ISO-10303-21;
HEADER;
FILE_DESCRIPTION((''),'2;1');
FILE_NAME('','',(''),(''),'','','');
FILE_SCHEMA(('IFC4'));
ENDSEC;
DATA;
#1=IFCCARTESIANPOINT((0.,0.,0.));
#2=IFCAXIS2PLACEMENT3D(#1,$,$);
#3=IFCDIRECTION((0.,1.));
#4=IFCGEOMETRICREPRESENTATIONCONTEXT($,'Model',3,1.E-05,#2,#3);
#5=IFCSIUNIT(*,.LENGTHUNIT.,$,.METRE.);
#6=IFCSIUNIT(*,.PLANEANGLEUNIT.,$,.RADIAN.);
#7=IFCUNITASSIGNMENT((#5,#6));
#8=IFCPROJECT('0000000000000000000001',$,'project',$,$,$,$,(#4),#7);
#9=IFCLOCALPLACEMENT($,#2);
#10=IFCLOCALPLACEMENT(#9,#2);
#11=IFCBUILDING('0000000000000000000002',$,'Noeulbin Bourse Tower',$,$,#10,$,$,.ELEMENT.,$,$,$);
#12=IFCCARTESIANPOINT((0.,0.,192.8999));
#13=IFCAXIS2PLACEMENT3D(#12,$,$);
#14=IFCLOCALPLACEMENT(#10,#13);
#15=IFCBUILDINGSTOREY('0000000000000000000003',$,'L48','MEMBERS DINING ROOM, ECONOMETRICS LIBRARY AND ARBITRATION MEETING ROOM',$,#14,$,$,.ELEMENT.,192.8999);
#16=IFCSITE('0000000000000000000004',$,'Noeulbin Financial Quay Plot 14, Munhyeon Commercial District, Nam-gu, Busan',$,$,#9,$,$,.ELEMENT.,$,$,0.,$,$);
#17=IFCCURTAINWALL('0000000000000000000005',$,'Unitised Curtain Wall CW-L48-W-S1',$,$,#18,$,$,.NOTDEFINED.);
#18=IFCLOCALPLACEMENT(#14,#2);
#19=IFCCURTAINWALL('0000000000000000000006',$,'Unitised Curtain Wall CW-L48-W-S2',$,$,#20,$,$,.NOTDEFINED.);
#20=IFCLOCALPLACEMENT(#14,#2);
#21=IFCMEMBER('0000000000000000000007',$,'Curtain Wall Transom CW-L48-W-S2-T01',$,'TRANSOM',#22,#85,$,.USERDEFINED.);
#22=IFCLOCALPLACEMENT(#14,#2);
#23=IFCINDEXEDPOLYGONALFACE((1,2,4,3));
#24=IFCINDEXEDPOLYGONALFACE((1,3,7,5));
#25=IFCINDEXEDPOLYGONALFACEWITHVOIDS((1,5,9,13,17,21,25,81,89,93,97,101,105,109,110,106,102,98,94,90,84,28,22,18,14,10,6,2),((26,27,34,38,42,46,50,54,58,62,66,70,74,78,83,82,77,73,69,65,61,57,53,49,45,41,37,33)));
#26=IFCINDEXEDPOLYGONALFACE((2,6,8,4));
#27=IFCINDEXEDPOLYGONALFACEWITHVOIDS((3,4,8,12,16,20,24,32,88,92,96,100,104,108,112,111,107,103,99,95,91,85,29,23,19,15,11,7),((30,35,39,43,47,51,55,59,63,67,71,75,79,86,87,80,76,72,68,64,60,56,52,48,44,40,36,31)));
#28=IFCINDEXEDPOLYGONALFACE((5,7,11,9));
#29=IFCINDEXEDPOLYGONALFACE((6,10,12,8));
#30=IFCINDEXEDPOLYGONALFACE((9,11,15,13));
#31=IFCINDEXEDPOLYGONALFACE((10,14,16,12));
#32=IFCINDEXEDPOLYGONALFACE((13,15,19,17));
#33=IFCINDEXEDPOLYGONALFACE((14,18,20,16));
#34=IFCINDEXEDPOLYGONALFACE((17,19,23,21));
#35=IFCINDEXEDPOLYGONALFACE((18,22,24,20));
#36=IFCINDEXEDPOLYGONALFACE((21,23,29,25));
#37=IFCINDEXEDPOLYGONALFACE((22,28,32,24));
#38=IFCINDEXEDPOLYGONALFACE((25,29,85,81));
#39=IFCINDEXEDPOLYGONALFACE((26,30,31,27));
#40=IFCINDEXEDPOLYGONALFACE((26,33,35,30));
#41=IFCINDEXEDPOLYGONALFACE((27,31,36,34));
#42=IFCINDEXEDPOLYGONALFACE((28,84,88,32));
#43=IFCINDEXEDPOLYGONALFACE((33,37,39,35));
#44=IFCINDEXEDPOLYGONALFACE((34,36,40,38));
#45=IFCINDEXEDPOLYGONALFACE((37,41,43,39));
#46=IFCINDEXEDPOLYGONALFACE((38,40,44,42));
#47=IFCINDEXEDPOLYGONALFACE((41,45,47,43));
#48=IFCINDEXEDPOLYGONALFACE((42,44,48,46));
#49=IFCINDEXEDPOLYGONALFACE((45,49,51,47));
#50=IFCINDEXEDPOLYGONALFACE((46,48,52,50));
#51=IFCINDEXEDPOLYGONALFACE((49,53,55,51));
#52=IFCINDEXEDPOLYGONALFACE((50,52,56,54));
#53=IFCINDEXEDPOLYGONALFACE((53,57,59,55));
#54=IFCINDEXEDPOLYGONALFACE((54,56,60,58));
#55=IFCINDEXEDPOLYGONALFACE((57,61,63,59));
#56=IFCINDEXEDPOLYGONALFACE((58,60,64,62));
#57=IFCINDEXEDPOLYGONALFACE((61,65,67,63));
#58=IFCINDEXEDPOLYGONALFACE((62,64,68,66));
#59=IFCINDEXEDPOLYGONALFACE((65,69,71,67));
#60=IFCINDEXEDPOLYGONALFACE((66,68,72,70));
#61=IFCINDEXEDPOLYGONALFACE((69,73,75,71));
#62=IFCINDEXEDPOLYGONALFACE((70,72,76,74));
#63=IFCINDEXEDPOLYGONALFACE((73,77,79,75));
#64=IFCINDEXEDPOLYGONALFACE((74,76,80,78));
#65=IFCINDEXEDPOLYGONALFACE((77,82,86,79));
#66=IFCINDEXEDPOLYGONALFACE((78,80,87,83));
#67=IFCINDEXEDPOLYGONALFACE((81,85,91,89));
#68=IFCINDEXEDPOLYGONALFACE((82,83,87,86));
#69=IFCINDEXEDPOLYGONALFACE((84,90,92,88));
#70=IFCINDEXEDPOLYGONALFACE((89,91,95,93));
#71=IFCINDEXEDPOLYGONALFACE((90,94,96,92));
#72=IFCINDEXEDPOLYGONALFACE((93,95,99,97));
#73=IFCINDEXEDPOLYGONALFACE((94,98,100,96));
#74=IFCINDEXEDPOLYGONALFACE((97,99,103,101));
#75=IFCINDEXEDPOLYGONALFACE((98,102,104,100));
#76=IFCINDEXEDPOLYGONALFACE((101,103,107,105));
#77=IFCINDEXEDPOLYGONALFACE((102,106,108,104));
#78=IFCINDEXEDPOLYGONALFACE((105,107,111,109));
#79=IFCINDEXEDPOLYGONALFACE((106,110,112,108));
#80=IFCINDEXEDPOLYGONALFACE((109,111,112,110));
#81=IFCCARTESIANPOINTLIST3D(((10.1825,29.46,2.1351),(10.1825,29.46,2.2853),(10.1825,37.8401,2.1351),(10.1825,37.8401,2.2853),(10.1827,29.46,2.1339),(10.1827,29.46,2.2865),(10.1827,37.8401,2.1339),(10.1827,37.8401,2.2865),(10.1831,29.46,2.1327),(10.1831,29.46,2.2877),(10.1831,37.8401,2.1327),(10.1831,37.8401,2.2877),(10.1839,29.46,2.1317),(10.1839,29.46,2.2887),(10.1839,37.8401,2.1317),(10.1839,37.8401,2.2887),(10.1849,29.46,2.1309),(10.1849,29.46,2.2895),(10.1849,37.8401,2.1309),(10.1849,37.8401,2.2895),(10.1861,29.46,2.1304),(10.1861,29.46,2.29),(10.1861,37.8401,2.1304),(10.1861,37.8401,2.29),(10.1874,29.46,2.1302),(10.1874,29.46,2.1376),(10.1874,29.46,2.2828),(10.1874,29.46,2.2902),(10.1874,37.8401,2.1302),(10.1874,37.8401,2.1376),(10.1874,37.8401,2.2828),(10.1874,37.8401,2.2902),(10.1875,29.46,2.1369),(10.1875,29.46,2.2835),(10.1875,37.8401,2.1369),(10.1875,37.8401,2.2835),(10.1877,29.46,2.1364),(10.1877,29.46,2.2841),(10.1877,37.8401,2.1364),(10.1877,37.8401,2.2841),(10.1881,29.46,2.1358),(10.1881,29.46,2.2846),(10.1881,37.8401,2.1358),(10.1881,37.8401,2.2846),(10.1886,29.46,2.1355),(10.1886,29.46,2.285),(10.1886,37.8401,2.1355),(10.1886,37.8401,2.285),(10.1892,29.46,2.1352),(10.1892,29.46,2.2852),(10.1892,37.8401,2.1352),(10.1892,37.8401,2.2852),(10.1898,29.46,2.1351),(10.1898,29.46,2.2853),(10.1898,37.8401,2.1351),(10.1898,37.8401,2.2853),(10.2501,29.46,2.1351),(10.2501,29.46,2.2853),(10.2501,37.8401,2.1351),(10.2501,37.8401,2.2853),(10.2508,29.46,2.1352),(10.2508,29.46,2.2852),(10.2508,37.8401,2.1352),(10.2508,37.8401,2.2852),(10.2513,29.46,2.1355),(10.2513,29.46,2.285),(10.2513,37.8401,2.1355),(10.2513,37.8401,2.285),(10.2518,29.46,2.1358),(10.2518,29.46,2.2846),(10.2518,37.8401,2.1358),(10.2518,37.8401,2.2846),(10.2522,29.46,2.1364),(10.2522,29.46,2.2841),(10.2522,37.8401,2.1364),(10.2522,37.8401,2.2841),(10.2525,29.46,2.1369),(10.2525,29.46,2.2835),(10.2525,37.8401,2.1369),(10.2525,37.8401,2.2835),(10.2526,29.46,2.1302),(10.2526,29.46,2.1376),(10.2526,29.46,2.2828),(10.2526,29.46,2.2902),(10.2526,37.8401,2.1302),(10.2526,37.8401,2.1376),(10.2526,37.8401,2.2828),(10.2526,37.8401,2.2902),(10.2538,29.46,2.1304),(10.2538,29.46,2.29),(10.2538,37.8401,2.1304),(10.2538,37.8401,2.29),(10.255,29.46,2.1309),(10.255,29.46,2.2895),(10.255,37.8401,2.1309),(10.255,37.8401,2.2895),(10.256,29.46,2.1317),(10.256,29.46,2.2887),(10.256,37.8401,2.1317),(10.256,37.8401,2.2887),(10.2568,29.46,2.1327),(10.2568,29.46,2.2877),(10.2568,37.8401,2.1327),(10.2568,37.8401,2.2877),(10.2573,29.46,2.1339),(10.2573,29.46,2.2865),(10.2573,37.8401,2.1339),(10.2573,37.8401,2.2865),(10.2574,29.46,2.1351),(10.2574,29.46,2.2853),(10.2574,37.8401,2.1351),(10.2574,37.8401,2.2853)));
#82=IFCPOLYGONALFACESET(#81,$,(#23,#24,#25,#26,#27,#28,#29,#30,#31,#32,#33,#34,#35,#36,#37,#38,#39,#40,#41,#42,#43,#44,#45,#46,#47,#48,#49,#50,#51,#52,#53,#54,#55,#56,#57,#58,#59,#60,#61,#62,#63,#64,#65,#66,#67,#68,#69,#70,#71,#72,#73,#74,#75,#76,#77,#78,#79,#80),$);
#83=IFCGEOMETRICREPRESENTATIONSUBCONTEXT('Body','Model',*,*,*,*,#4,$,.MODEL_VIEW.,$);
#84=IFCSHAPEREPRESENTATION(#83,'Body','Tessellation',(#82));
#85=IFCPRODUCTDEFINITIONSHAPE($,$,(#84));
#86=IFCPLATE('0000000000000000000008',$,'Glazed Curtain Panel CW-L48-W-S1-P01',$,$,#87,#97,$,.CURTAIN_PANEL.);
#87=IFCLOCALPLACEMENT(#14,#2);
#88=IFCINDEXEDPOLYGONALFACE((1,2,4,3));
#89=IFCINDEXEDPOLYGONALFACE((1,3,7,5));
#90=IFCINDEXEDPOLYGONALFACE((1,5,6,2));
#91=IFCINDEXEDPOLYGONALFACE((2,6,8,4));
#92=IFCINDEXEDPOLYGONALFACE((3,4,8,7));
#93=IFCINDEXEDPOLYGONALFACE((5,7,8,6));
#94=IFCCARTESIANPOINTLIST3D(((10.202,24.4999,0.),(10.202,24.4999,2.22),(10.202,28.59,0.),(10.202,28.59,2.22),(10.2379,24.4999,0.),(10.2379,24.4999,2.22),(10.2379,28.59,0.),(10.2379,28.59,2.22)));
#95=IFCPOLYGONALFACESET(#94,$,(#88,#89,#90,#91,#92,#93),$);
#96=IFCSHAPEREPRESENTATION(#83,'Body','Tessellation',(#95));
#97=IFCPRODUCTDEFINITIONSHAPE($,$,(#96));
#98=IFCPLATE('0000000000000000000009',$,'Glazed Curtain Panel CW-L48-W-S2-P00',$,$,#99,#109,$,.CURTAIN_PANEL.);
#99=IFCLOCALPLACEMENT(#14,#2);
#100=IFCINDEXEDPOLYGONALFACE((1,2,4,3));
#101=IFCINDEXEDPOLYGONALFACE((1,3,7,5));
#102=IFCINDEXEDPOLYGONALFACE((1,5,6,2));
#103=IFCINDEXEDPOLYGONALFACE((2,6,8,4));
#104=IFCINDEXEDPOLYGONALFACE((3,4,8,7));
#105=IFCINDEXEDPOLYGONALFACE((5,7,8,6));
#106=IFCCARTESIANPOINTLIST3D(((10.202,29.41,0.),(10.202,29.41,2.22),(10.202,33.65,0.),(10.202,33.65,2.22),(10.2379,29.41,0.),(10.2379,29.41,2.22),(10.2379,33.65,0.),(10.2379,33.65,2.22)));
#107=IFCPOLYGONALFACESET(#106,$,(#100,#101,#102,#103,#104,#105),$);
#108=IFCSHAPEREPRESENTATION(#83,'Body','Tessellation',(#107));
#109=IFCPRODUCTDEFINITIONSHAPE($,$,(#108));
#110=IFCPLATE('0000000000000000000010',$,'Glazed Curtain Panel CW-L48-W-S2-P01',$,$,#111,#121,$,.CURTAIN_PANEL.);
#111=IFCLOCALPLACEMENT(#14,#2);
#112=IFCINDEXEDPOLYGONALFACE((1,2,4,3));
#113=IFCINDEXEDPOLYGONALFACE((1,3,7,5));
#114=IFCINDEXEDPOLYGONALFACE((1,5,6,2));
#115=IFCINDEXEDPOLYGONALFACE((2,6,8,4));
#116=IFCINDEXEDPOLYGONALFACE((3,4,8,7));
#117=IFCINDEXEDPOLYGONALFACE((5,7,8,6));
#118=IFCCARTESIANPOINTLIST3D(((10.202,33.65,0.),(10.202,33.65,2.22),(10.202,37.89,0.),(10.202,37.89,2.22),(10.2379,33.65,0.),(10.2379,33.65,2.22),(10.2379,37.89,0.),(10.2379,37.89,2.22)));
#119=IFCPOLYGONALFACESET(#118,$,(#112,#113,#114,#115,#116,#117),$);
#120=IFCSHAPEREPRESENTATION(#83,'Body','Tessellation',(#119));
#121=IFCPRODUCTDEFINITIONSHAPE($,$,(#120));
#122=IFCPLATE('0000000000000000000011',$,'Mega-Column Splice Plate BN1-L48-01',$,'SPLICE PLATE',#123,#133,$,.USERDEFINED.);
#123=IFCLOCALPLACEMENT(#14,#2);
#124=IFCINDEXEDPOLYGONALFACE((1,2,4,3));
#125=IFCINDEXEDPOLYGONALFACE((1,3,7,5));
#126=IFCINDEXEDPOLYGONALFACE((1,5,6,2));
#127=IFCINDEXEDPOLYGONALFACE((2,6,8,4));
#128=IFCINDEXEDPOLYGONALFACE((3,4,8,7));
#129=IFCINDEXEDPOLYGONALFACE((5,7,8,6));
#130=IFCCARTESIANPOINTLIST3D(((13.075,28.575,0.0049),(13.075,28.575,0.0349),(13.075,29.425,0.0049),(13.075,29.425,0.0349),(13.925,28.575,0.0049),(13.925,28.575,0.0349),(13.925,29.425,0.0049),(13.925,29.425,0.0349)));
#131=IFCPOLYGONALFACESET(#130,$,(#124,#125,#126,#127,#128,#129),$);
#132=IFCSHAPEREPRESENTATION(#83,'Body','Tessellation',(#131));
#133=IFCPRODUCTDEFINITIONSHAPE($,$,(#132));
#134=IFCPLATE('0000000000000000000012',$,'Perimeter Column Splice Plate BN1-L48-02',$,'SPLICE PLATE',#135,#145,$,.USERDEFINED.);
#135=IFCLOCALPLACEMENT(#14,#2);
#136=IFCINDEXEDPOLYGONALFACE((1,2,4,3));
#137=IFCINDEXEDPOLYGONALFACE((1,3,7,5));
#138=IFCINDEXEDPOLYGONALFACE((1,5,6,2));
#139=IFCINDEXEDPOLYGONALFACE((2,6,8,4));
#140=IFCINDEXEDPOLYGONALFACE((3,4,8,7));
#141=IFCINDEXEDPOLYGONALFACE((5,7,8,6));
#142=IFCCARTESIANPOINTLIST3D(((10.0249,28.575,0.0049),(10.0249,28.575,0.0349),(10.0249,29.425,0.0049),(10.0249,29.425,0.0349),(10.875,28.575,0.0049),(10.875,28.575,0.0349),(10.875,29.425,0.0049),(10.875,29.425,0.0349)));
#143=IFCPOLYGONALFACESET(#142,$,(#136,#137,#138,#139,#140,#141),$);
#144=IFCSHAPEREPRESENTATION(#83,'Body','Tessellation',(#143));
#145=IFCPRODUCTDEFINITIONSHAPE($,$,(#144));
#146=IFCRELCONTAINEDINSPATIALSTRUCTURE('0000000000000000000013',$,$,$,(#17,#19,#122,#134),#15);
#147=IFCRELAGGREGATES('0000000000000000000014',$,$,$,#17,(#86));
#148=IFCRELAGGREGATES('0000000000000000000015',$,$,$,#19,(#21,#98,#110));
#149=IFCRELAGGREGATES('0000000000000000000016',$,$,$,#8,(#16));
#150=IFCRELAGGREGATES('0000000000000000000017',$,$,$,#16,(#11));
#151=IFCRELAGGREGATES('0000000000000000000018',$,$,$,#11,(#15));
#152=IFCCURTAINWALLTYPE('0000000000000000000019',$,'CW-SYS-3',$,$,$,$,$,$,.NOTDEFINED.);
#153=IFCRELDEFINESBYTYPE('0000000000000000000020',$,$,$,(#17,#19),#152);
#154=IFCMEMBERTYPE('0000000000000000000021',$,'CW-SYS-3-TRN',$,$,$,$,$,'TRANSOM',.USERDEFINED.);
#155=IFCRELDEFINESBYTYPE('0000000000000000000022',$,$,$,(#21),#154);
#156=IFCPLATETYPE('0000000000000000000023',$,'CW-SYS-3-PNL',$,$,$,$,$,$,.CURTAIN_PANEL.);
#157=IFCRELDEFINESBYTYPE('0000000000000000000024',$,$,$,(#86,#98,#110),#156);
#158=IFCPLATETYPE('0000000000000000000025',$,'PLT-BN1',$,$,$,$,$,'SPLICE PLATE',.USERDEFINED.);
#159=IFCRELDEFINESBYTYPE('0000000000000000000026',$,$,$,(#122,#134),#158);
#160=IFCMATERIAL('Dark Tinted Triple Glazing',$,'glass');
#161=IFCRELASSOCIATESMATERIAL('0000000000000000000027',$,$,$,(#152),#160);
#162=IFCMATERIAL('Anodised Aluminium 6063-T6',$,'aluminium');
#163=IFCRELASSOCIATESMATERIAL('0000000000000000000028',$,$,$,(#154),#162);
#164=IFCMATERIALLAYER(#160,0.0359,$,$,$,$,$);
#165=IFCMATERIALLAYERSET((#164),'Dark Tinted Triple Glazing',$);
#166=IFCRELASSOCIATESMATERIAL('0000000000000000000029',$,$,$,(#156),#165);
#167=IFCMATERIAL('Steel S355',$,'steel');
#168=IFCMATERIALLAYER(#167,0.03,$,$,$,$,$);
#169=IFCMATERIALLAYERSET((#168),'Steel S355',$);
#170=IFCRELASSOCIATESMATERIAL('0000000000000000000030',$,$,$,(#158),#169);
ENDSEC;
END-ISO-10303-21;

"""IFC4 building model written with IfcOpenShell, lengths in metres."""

from ifc_helpers import new_model, si_unit, direction, frame, origin, origin_2d, place, context, subcontext, project, spatial, rectangle, hollow_rectangle, extrude, material, layer, layer_set, material_profile, profile_set, type_object, element, aggregate, save


model = new_model("IFC4")

# Units and contexts
model_context = context("Model", 3, precision=1e-05, world=origin(), true_north=direction((0.0, 1.0)))
body_context = subcontext(model_context, "Body", "Model", "MODEL_VIEW")
ifc_project = project(units=[si_unit("LENGTHUNIT", "METRE"), si_unit("PLANEANGLEUNIT", "RADIAN")], contexts=[model_context])

# Site, building, storey
site_placement = place(None, origin())
site = spatial("IfcSite", under=ifc_project, at=site_placement, Name="Noeulbin Financial Quay Plot 14, Munhyeon Commercial District, Nam-gu, Busan", CompositionType="ELEMENT", RefElevation=0.0)
building_placement = place(site_placement, origin())
building = spatial("IfcBuilding", under=site, at=building_placement, Name="Noeulbin Bourse Tower", CompositionType="ELEMENT")
storey_placement = place(building_placement, frame((0.0, 0.0, 192.8999)))
storey = spatial("IfcBuildingStorey", under=building, at=storey_placement, Name="L48", Description="MEMBERS DINING ROOM, ECONOMETRICS LIBRARY AND ARBITRATION MEETING ROOM", CompositionType="ELEMENT", Elevation=192.8999)

# Shared definitions
ifc_material_1 = material(Name="Steel S355", Category="steel")

# Curtain wall
ifc_material_2 = material(Name="Dark Tinted Triple Glazing", Category="glass")
curtain_wall_type = type_object("IfcCurtainWallType", Name="CW-SYS-3", PredefinedType="NOTDEFINED", material=ifc_material_2)
curtain_wall_1_placement = place(storey_placement, origin())
curtain_wall_1 = element("IfcCurtainWall", 1, at=curtain_wall_1_placement, inside=storey, type_object=curtain_wall_type, Name="Unitised Curtain Wall CW-L48-W-S1", PredefinedType="NOTDEFINED")
ifc_material_3 = material(Name="Anodised Aluminium 6063-T6", Category="aluminium")

# Curtain wall, member
curtain_wall_2_placement = place(storey_placement, origin())
curtain_wall_2 = element("IfcCurtainWall", 2, at=curtain_wall_2_placement, inside=storey, type_object=curtain_wall_type, Name="Unitised Curtain Wall CW-L48-W-S2", PredefinedType="NOTDEFINED")
ifc_material_profile_1 = material_profile(ifc_material_3, hollow_rectangle(XDim=0.075, YDim=0.1599, WallThickness=0.0049, InnerFilletRadius=0.0024, OuterFilletRadius=0.0049, at=origin_2d()), Name="ALU-TRAN-75x160x5", Category="LoadBearing")
ifc_profile_set_1 = profile_set([ifc_material_profile_1], Name="Anodised Aluminium 6063-T6")
member_type_1 = type_object("IfcMemberType", Name="CW-SYS-3-TRN", ElementType="TRANSOM", PredefinedType="USERDEFINED", material=ifc_profile_set_1)
member_1_placement = place(storey_placement, frame((10.22, 29.46, 2.2102), z_axis=(0.0, 1.0, 0.0), x_axis=(-1.0, 0.0, 0.0)))
member_1 = element("IfcMember", 3, at=member_1_placement, type_object=member_type_1, Name="Curtain Wall Transom CW-L48-W-S2-T01", ObjectType="TRANSOM", PredefinedType="USERDEFINED", context=body_context, shape_type="SweptSolid", body=[
    extrude(hollow_rectangle(XDim=0.075, YDim=0.1599, WallThickness=0.0049, InnerFilletRadius=0.0024, OuterFilletRadius=0.0049, at=origin_2d()), origin(), (0.0, 0.0, 1.0), 8.3801),
])

# Plates
ifc_layer_1 = layer(ifc_material_2, 0.0359)
ifc_layer_set_1 = layer_set([ifc_layer_1], Name="Dark Tinted Triple Glazing")
plate_type_1 = type_object("IfcPlateType", Name="CW-SYS-3-PNL", PredefinedType="CURTAIN_PANEL", material=ifc_layer_set_1)
plate_1_placement = place(storey_placement, frame((10.22, 26.5449, 0.0), z_axis=(0.0, 0.0, 1.0), x_axis=(0.0, 1.0, 0.0)))
plate_1 = element("IfcPlate", 4, at=plate_1_placement, type_object=plate_type_1, Name="Glazed Curtain Panel CW-L48-W-S1-P01", PredefinedType="CURTAIN_PANEL", context=body_context, shape_type="SweptSolid", body=[
    extrude(rectangle(XDim=4.0901, YDim=0.0359, at=origin_2d()), origin(), (0.0, 0.0, 1.0), 2.22),
])
aggregate(curtain_wall_1, [plate_1])
plate_2_placement = place(storey_placement, frame((10.22, 31.53, 0.0), z_axis=(0.0, 0.0, 1.0), x_axis=(0.0, 1.0, 0.0)))
plate_2 = element("IfcPlate", 5, at=plate_2_placement, type_object=plate_type_1, Name="Glazed Curtain Panel CW-L48-W-S2-P00", PredefinedType="CURTAIN_PANEL", context=body_context, shape_type="SweptSolid", body=[
    extrude(rectangle(XDim=4.24, YDim=0.0359, at=origin_2d()), origin(), (0.0, 0.0, 1.0), 2.22),
])
plate_3_placement = place(storey_placement, frame((10.22, 35.77, 0.0), z_axis=(0.0, 0.0, 1.0), x_axis=(0.0, 1.0, 0.0)))
plate_3 = element("IfcPlate", 6, at=plate_3_placement, type_object=plate_type_1, Name="Glazed Curtain Panel CW-L48-W-S2-P01", PredefinedType="CURTAIN_PANEL", context=body_context, shape_type="SweptSolid", body=[
    extrude(rectangle(XDim=4.24, YDim=0.0359, at=origin_2d()), origin(), (0.0, 0.0, 1.0), 2.22),
])
aggregate(curtain_wall_2, [member_1, plate_2, plate_3])

# Plates
ifc_layer_2 = layer(ifc_material_1, 0.03)
ifc_layer_set_2 = layer_set([ifc_layer_2], Name="Steel S355")
plate_type_2 = type_object("IfcPlateType", Name="PLT-BN1", ElementType="SPLICE PLATE", PredefinedType="USERDEFINED", material=ifc_layer_set_2)
for number, where, z_axis, x_axis, name in (
    (7, (13.5, 29.0, 0.0049), (0.0, 0.0, 1.0), (1.0, 0.0, 0.0), "Mega-Column Splice Plate BN1-L48-01"),
    (8, (10.45, 29.0, 0.0049), (0.0, 0.0, 1.0), (1.0, 0.0, 0.0), "Perimeter Column Splice Plate BN1-L48-02"),
):
    element("IfcPlate", number, at=place(storey_placement, frame(where, z_axis=z_axis, x_axis=x_axis)), inside=storey, type_object=plate_type_2, Name=name, ObjectType="SPLICE PLATE", PredefinedType="USERDEFINED", context=body_context, shape_type="SweptSolid", body=[
        extrude(rectangle(XDim=0.8501, YDim=0.8501, at=origin_2d()), origin(), (0.0, 0.0, 1.0), 0.03),
    ])

save(model, "model.ifc")
